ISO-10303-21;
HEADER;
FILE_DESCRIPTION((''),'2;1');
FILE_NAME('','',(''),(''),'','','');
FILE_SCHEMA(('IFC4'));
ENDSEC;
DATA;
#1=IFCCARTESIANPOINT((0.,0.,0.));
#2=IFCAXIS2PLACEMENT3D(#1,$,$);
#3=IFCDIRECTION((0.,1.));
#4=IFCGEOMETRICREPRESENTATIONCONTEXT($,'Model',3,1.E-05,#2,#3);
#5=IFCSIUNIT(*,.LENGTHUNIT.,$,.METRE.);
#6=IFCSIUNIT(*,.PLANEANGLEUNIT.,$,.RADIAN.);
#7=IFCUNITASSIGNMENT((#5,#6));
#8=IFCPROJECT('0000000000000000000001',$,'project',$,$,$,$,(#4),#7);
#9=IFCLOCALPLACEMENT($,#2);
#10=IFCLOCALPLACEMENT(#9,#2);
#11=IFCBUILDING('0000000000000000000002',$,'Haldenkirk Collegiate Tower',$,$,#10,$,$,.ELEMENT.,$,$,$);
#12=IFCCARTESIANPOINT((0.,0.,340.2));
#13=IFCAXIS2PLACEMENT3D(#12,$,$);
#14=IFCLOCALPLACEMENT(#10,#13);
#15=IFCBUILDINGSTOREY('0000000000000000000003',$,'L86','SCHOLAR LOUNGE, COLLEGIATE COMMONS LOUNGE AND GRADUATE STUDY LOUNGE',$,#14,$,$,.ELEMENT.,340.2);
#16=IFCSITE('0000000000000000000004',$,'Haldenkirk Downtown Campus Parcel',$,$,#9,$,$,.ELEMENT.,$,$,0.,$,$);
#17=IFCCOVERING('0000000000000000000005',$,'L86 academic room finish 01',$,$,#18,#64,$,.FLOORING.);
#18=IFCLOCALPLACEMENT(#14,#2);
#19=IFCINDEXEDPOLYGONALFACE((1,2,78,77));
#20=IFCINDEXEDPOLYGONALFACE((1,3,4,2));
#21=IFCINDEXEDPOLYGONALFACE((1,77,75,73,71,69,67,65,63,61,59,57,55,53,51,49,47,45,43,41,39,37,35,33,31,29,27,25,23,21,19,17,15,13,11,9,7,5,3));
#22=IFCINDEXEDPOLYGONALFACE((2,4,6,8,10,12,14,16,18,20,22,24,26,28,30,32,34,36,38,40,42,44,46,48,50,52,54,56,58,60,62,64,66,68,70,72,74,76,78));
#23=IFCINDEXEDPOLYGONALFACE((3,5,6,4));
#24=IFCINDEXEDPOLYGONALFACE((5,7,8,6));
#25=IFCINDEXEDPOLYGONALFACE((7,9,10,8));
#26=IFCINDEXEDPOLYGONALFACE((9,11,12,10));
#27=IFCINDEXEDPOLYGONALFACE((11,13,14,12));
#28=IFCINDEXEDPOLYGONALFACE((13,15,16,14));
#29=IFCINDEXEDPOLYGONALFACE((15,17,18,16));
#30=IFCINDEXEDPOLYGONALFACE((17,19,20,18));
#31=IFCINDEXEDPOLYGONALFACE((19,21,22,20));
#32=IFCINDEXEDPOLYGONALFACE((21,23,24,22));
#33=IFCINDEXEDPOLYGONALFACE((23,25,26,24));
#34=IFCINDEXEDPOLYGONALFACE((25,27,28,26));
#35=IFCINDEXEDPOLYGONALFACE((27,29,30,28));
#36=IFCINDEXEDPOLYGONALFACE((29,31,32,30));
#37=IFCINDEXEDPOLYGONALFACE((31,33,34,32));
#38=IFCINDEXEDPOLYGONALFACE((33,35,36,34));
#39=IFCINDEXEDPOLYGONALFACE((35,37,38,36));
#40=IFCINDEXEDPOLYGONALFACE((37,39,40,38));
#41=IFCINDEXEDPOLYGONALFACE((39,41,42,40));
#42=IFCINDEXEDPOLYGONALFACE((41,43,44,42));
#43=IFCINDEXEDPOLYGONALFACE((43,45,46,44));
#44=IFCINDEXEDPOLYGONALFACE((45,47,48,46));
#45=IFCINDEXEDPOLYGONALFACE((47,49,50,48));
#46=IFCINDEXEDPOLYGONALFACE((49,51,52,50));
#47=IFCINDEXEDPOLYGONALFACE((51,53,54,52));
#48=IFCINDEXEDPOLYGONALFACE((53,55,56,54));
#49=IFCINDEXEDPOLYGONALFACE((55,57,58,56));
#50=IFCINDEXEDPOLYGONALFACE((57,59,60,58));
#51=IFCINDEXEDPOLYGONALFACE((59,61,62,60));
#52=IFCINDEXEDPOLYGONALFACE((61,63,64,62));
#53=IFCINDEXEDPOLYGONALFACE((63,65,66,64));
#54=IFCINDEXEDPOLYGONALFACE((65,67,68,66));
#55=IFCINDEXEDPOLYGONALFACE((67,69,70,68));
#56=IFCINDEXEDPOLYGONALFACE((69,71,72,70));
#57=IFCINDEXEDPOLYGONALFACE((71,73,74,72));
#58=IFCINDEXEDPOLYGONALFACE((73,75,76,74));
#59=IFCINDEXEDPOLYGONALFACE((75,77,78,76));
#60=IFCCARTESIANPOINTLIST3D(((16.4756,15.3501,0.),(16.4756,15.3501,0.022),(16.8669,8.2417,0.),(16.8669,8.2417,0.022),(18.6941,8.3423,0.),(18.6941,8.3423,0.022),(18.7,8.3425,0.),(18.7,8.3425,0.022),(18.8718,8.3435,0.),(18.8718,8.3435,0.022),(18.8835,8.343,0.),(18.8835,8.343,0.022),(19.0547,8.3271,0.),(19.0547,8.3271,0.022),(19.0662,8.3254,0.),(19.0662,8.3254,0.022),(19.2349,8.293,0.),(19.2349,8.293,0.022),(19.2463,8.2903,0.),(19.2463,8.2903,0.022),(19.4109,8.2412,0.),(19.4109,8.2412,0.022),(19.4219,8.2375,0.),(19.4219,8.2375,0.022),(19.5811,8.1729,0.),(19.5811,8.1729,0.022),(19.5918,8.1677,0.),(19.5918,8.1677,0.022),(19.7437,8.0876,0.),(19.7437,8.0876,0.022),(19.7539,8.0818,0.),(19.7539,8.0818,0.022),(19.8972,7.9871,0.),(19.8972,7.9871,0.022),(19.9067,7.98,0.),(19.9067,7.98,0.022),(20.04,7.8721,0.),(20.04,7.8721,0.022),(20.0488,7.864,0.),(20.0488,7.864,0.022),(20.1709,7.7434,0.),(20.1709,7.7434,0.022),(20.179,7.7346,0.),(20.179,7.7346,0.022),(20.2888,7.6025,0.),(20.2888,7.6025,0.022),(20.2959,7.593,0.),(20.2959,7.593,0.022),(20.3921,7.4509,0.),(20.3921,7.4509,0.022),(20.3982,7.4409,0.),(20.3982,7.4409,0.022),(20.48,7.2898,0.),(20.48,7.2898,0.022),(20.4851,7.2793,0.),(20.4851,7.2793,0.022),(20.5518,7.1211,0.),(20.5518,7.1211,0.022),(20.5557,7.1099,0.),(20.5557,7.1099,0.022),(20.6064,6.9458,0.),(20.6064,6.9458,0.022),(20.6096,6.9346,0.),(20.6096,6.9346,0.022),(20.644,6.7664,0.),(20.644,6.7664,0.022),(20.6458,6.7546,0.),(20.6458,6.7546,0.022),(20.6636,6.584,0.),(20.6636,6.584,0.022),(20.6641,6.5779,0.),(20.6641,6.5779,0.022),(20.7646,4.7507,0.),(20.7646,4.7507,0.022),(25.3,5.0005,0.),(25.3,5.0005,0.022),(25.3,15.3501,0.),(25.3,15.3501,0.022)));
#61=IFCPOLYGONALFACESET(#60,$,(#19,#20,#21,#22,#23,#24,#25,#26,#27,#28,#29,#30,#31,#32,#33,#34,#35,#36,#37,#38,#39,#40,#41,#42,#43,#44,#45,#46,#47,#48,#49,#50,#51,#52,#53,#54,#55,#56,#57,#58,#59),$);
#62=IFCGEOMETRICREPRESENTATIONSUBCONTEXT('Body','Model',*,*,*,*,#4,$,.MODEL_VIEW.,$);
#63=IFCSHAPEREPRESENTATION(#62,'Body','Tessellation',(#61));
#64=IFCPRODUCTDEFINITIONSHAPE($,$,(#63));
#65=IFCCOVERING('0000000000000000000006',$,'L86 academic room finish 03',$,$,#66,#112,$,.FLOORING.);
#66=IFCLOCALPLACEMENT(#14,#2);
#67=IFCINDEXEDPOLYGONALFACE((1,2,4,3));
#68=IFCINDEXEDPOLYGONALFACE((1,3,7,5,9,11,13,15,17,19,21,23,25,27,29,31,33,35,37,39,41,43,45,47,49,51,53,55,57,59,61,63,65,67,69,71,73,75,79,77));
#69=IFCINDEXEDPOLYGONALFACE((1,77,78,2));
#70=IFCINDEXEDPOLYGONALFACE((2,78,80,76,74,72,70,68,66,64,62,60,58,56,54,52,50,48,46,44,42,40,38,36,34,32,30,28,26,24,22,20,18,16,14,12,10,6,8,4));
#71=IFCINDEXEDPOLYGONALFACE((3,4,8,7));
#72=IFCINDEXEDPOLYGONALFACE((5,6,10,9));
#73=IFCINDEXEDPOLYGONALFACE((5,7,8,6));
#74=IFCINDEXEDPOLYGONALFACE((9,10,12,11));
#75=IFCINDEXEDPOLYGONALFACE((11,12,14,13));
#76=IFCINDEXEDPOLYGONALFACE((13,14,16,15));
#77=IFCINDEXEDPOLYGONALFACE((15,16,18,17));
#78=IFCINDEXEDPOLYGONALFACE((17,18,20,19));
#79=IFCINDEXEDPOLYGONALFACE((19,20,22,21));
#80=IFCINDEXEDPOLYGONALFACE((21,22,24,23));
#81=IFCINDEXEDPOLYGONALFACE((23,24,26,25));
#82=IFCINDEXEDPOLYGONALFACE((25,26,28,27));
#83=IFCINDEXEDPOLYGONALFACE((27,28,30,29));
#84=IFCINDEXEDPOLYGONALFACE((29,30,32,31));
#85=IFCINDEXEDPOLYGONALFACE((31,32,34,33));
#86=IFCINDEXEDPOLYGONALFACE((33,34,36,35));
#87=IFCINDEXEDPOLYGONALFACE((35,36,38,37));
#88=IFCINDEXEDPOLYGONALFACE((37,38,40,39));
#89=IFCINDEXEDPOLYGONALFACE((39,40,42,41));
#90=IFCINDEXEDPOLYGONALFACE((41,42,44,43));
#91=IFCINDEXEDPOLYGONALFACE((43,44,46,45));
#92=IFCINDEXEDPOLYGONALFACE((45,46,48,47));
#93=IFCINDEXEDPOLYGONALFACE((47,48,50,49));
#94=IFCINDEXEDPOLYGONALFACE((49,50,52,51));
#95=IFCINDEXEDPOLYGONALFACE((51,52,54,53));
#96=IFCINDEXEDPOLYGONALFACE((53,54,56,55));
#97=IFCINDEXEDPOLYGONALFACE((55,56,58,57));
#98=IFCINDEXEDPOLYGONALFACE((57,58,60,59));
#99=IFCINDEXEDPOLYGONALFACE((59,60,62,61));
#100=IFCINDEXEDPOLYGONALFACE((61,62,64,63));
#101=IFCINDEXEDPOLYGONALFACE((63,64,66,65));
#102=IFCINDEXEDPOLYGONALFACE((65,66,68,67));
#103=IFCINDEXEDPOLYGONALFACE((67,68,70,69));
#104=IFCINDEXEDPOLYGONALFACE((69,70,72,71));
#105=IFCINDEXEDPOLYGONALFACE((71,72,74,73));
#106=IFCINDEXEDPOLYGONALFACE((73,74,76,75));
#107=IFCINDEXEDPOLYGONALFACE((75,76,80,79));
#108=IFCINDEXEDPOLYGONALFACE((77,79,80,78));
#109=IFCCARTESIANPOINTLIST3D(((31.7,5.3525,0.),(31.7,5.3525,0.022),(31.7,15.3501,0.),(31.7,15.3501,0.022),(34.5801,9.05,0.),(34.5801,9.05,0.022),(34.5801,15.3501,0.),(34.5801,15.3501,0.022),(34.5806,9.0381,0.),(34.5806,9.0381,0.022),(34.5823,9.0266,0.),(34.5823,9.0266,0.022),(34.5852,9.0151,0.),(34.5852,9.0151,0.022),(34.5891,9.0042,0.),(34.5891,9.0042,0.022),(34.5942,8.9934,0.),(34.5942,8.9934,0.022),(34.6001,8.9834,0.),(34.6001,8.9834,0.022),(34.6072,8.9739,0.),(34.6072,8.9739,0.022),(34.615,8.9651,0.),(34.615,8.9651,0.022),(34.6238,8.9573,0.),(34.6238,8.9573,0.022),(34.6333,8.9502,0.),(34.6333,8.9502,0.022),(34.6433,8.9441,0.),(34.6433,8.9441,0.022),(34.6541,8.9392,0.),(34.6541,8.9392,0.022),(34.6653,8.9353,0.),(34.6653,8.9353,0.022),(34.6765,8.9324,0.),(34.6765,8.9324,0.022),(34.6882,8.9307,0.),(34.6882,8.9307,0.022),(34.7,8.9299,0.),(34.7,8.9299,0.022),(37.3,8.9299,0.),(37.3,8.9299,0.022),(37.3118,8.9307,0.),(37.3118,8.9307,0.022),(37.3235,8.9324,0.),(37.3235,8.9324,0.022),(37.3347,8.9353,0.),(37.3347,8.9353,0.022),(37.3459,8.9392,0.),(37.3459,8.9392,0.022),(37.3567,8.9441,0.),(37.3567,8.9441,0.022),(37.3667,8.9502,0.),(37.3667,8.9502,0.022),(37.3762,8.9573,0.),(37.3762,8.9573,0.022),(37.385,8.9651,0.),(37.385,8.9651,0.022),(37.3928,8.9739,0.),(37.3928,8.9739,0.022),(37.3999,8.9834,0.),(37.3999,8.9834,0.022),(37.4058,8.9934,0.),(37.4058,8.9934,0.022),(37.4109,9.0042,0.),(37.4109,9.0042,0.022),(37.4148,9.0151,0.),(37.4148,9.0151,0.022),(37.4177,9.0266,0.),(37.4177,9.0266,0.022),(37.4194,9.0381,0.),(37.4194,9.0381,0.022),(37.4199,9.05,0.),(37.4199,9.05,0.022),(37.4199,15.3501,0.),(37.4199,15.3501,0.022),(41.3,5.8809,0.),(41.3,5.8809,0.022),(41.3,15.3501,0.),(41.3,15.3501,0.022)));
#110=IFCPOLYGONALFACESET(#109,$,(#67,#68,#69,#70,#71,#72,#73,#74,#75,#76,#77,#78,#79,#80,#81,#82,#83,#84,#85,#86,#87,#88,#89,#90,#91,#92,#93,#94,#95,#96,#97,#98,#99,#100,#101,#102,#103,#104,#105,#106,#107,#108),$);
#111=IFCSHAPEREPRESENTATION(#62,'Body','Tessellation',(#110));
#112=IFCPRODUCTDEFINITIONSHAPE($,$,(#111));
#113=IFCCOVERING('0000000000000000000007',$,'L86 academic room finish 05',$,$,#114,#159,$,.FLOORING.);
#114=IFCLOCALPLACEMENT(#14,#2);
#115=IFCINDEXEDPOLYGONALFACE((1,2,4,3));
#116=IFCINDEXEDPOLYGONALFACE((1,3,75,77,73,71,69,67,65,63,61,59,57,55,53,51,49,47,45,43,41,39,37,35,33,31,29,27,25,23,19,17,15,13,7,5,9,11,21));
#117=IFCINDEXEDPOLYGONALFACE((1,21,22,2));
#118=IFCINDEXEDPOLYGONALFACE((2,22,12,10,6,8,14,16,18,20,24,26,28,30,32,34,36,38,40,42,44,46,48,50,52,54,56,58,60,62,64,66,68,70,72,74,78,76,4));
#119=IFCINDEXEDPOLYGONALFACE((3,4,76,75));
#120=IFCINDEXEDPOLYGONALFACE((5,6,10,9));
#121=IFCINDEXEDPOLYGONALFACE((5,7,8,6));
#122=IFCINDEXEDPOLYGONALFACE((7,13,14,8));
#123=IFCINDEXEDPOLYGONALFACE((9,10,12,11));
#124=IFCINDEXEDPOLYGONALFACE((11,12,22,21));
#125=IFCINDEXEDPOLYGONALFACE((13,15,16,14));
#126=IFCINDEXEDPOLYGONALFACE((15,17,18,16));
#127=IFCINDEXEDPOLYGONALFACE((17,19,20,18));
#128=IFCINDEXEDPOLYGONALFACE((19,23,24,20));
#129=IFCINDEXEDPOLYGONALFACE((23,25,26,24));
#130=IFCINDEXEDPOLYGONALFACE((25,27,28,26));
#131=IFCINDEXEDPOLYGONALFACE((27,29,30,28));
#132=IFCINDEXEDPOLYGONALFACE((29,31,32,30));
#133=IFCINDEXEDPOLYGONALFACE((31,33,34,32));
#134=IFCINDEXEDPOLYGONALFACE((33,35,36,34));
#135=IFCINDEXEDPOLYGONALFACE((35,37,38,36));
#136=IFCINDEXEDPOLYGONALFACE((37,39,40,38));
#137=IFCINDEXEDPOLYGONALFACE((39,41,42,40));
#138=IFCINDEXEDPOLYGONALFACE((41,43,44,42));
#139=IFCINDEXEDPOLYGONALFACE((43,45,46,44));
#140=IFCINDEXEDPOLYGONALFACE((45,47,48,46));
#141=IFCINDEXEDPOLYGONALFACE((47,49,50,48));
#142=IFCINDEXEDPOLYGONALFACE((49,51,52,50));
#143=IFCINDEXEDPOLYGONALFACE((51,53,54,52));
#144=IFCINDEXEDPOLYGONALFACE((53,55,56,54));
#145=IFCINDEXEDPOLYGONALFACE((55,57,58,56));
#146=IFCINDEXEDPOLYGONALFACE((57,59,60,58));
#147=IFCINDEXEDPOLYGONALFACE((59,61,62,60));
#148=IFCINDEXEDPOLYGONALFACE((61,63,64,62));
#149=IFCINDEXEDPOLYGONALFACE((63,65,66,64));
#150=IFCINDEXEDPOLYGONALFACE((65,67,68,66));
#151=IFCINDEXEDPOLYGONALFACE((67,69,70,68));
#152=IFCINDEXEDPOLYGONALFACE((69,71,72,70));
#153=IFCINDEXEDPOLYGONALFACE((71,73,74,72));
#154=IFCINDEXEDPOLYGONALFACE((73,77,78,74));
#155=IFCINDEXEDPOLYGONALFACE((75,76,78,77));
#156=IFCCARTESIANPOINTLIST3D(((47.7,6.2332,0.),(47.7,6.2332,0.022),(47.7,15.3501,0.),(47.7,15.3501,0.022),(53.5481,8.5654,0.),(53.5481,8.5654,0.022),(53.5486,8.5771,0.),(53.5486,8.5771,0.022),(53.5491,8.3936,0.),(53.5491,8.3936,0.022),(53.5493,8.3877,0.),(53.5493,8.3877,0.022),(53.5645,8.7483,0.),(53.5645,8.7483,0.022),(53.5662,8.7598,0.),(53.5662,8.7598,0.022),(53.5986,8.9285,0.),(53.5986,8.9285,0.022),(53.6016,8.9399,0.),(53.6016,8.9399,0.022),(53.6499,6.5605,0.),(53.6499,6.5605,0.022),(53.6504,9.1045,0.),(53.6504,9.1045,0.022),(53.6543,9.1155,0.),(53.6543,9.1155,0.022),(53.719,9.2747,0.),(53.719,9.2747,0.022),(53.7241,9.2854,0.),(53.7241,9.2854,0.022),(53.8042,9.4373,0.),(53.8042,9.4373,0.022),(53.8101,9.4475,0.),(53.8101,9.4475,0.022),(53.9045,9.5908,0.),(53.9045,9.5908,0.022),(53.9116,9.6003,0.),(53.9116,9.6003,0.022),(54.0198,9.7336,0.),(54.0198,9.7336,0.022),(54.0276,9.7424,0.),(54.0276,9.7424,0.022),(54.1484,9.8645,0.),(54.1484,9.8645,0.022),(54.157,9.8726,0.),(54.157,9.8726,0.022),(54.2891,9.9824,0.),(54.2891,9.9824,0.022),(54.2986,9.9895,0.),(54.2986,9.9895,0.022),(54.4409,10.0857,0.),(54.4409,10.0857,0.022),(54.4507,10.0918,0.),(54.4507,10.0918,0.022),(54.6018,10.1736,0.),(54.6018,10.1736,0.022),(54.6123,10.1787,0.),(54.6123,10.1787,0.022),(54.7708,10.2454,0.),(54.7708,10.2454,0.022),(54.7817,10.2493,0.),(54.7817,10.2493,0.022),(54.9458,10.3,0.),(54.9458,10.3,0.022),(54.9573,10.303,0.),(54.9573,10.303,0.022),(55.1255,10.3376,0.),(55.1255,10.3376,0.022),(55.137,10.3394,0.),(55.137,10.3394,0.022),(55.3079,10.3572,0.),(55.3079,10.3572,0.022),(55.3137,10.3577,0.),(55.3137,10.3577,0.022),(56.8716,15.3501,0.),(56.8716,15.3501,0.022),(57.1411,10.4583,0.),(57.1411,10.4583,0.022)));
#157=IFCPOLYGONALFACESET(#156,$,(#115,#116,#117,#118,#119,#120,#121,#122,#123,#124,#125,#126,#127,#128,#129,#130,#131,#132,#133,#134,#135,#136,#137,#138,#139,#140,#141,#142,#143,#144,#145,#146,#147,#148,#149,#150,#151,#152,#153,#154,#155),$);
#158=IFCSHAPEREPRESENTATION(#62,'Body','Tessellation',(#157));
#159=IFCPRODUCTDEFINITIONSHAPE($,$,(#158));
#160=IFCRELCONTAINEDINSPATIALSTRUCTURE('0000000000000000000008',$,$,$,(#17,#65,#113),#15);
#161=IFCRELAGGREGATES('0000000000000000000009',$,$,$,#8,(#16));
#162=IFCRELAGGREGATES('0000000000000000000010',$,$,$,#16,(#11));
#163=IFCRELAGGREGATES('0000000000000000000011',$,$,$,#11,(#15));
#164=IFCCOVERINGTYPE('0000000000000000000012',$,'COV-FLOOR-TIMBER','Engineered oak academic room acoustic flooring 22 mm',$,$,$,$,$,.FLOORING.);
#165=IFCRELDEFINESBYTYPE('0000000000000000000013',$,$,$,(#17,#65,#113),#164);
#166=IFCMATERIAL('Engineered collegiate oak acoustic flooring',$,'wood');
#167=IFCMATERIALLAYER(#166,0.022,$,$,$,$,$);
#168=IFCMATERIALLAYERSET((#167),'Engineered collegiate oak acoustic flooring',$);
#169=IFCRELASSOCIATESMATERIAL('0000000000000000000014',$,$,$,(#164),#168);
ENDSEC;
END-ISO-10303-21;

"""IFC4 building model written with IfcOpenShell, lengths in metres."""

from ifc_helpers import new_model, si_unit, direction, frame, origin, place, context, subcontext, project, spatial, polyline, outline, extrude, material, layer, layer_set, type_object, element, save


model = new_model("IFC4")

# Units and contexts
model_context = context("Model", 3, precision=1e-05, world=origin(), true_north=direction((0.0, 1.0)))
body_context = subcontext(model_context, "Body", "Model", "MODEL_VIEW")
ifc_project = project(units=[si_unit("LENGTHUNIT", "METRE"), si_unit("PLANEANGLEUNIT", "RADIAN")], contexts=[model_context])

# Site, building, storey
site_placement = place(None, origin())
site = spatial("IfcSite", under=ifc_project, at=site_placement, Name="Haldenkirk Downtown Campus Parcel", CompositionType="ELEMENT", RefElevation=0.0)
building_placement = place(site_placement, origin())
building = spatial("IfcBuilding", under=site, at=building_placement, Name="Haldenkirk Collegiate Tower", CompositionType="ELEMENT")
storey_placement = place(building_placement, frame((0.0, 0.0, 340.2)))
storey = spatial("IfcBuildingStorey", under=building, at=storey_placement, Name="L86", Description="SCHOLAR LOUNGE, COLLEGIATE COMMONS LOUNGE AND GRADUATE STUDY LOUNGE", CompositionType="ELEMENT", Elevation=340.2)

# Coverings
ifc_material_1 = material(Name="Engineered collegiate oak acoustic flooring", Category="wood")
ifc_layer_1 = layer(ifc_material_1, 0.022)
ifc_layer_set_1 = layer_set([ifc_layer_1], Name="Engineered collegiate oak acoustic flooring")
covering_type_1 = type_object("IfcCoveringType", Name="COV-FLOOR-TIMBER", Description="Engineered oak academic room acoustic flooring 22 mm", PredefinedType="FLOORING", material=ifc_layer_set_1)
covering_1_placement = place(storey_placement, origin())
element("IfcCovering", 1, at=covering_1_placement, inside=storey, type_object=covering_type_1, Name="L86 academic room finish 01", PredefinedType="FLOORING", context=body_context, shape_type="SweptSolid", body=[
    extrude(outline(polyline([(20.7646, 4.7507), (20.6641, 6.5779), (20.6636, 6.584), (20.6458, 6.7546), (20.644, 6.7664), (20.6096, 6.9346), (20.6064, 6.9458), (20.5557, 7.1099), (20.5518, 7.1211), (20.4851, 7.2793), (20.48, 7.2898), (20.3982, 7.4409), (20.3921, 7.4509), (20.2959, 7.593), (20.2888, 7.6025), (20.179, 7.7346), (20.1709, 7.7434), (20.0488, 7.864), (20.04, 7.8721), (19.9067, 7.98), (19.8972, 7.9871), (19.7539, 8.0818), (19.7437, 8.0876), (19.5918, 8.1677), (19.5811, 8.1729), (19.4219, 8.2375), (19.4109, 8.2412), (19.2463, 8.2903), (19.2349, 8.293), (19.0662, 8.3254), (19.0547, 8.3271), (18.8835, 8.343), (18.8718, 8.3435), (18.7, 8.3425), (18.6941, 8.3423), (16.8669, 8.2417), (16.4756, 15.3501), (25.3, 15.3501), (25.3, 5.0005), (20.7646, 4.7507)])), origin(), (0.0, 0.0, 1.0), 0.022),
])
covering_2_placement = place(storey_placement, origin())
element("IfcCovering", 2, at=covering_2_placement, inside=storey, type_object=covering_type_1, Name="L86 academic room finish 03", PredefinedType="FLOORING", context=body_context, shape_type="SweptSolid", body=[
    extrude(outline(polyline([(31.7, 5.3525), (31.7, 15.3501), (34.5801, 15.3501), (34.5801, 9.05), (34.5806, 9.0381), (34.5823, 9.0266), (34.5852, 9.0151), (34.5891, 9.0042), (34.5942, 8.9934), (34.6001, 8.9834), (34.6072, 8.9739), (34.615, 8.9651), (34.6238, 8.9573), (34.6333, 8.9502), (34.6433, 8.9441), (34.6541, 8.9392), (34.6653, 8.9353), (34.6765, 8.9324), (34.6882, 8.9307), (34.7, 8.9299), (37.3, 8.9299), (37.3118, 8.9307), (37.3235, 8.9324), (37.3347, 8.9353), (37.3459, 8.9392), (37.3567, 8.9441), (37.3667, 8.9502), (37.3762, 8.9573), (37.385, 8.9651), (37.3928, 8.9739), (37.3999, 8.9834), (37.4058, 8.9934), (37.4109, 9.0042), (37.4148, 9.0151), (37.4177, 9.0266), (37.4194, 9.0381), (37.4199, 9.05), (37.4199, 15.3501), (41.3, 15.3501), (41.3, 5.8809), (31.7, 5.3525)])), origin(), (0.0, 0.0, 1.0), 0.022),
])
covering_3_placement = place(storey_placement, origin())
element("IfcCovering", 3, at=covering_3_placement, inside=storey, type_object=covering_type_1, Name="L86 academic room finish 05", PredefinedType="FLOORING", context=body_context, shape_type="SweptSolid", body=[
    extrude(outline(polyline([(54.6123, 10.1787), (54.6018, 10.1736), (54.4507, 10.0918), (54.4409, 10.0857), (54.2986, 9.9895), (54.2891, 9.9824), (54.157, 9.8726), (54.1484, 9.8645), (54.0276, 9.7424), (54.0198, 9.7336), (53.9116, 9.6003), (53.9045, 9.5908), (53.8101, 9.4475), (53.8042, 9.4373), (53.7241, 9.2854), (53.719, 9.2747), (53.6543, 9.1155), (53.6504, 9.1045), (53.6016, 8.9399), (53.5986, 8.9285), (53.5662, 8.7598), (53.5645, 8.7483), (53.5486, 8.5771), (53.5481, 8.5654), (53.5491, 8.3936), (53.5493, 8.3877), (53.6499, 6.5605), (47.7, 6.2332), (47.7, 15.3501), (56.8716, 15.3501), (57.1411, 10.4583), (55.3137, 10.3577), (55.3079, 10.3572), (55.137, 10.3394), (55.1255, 10.3376), (54.9573, 10.303), (54.9458, 10.3), (54.7817, 10.2493), (54.7708, 10.2454), (54.6123, 10.1787)])), origin(), (0.0, 0.0, 1.0), 0.022),
])

save(model, "model.ifc")
